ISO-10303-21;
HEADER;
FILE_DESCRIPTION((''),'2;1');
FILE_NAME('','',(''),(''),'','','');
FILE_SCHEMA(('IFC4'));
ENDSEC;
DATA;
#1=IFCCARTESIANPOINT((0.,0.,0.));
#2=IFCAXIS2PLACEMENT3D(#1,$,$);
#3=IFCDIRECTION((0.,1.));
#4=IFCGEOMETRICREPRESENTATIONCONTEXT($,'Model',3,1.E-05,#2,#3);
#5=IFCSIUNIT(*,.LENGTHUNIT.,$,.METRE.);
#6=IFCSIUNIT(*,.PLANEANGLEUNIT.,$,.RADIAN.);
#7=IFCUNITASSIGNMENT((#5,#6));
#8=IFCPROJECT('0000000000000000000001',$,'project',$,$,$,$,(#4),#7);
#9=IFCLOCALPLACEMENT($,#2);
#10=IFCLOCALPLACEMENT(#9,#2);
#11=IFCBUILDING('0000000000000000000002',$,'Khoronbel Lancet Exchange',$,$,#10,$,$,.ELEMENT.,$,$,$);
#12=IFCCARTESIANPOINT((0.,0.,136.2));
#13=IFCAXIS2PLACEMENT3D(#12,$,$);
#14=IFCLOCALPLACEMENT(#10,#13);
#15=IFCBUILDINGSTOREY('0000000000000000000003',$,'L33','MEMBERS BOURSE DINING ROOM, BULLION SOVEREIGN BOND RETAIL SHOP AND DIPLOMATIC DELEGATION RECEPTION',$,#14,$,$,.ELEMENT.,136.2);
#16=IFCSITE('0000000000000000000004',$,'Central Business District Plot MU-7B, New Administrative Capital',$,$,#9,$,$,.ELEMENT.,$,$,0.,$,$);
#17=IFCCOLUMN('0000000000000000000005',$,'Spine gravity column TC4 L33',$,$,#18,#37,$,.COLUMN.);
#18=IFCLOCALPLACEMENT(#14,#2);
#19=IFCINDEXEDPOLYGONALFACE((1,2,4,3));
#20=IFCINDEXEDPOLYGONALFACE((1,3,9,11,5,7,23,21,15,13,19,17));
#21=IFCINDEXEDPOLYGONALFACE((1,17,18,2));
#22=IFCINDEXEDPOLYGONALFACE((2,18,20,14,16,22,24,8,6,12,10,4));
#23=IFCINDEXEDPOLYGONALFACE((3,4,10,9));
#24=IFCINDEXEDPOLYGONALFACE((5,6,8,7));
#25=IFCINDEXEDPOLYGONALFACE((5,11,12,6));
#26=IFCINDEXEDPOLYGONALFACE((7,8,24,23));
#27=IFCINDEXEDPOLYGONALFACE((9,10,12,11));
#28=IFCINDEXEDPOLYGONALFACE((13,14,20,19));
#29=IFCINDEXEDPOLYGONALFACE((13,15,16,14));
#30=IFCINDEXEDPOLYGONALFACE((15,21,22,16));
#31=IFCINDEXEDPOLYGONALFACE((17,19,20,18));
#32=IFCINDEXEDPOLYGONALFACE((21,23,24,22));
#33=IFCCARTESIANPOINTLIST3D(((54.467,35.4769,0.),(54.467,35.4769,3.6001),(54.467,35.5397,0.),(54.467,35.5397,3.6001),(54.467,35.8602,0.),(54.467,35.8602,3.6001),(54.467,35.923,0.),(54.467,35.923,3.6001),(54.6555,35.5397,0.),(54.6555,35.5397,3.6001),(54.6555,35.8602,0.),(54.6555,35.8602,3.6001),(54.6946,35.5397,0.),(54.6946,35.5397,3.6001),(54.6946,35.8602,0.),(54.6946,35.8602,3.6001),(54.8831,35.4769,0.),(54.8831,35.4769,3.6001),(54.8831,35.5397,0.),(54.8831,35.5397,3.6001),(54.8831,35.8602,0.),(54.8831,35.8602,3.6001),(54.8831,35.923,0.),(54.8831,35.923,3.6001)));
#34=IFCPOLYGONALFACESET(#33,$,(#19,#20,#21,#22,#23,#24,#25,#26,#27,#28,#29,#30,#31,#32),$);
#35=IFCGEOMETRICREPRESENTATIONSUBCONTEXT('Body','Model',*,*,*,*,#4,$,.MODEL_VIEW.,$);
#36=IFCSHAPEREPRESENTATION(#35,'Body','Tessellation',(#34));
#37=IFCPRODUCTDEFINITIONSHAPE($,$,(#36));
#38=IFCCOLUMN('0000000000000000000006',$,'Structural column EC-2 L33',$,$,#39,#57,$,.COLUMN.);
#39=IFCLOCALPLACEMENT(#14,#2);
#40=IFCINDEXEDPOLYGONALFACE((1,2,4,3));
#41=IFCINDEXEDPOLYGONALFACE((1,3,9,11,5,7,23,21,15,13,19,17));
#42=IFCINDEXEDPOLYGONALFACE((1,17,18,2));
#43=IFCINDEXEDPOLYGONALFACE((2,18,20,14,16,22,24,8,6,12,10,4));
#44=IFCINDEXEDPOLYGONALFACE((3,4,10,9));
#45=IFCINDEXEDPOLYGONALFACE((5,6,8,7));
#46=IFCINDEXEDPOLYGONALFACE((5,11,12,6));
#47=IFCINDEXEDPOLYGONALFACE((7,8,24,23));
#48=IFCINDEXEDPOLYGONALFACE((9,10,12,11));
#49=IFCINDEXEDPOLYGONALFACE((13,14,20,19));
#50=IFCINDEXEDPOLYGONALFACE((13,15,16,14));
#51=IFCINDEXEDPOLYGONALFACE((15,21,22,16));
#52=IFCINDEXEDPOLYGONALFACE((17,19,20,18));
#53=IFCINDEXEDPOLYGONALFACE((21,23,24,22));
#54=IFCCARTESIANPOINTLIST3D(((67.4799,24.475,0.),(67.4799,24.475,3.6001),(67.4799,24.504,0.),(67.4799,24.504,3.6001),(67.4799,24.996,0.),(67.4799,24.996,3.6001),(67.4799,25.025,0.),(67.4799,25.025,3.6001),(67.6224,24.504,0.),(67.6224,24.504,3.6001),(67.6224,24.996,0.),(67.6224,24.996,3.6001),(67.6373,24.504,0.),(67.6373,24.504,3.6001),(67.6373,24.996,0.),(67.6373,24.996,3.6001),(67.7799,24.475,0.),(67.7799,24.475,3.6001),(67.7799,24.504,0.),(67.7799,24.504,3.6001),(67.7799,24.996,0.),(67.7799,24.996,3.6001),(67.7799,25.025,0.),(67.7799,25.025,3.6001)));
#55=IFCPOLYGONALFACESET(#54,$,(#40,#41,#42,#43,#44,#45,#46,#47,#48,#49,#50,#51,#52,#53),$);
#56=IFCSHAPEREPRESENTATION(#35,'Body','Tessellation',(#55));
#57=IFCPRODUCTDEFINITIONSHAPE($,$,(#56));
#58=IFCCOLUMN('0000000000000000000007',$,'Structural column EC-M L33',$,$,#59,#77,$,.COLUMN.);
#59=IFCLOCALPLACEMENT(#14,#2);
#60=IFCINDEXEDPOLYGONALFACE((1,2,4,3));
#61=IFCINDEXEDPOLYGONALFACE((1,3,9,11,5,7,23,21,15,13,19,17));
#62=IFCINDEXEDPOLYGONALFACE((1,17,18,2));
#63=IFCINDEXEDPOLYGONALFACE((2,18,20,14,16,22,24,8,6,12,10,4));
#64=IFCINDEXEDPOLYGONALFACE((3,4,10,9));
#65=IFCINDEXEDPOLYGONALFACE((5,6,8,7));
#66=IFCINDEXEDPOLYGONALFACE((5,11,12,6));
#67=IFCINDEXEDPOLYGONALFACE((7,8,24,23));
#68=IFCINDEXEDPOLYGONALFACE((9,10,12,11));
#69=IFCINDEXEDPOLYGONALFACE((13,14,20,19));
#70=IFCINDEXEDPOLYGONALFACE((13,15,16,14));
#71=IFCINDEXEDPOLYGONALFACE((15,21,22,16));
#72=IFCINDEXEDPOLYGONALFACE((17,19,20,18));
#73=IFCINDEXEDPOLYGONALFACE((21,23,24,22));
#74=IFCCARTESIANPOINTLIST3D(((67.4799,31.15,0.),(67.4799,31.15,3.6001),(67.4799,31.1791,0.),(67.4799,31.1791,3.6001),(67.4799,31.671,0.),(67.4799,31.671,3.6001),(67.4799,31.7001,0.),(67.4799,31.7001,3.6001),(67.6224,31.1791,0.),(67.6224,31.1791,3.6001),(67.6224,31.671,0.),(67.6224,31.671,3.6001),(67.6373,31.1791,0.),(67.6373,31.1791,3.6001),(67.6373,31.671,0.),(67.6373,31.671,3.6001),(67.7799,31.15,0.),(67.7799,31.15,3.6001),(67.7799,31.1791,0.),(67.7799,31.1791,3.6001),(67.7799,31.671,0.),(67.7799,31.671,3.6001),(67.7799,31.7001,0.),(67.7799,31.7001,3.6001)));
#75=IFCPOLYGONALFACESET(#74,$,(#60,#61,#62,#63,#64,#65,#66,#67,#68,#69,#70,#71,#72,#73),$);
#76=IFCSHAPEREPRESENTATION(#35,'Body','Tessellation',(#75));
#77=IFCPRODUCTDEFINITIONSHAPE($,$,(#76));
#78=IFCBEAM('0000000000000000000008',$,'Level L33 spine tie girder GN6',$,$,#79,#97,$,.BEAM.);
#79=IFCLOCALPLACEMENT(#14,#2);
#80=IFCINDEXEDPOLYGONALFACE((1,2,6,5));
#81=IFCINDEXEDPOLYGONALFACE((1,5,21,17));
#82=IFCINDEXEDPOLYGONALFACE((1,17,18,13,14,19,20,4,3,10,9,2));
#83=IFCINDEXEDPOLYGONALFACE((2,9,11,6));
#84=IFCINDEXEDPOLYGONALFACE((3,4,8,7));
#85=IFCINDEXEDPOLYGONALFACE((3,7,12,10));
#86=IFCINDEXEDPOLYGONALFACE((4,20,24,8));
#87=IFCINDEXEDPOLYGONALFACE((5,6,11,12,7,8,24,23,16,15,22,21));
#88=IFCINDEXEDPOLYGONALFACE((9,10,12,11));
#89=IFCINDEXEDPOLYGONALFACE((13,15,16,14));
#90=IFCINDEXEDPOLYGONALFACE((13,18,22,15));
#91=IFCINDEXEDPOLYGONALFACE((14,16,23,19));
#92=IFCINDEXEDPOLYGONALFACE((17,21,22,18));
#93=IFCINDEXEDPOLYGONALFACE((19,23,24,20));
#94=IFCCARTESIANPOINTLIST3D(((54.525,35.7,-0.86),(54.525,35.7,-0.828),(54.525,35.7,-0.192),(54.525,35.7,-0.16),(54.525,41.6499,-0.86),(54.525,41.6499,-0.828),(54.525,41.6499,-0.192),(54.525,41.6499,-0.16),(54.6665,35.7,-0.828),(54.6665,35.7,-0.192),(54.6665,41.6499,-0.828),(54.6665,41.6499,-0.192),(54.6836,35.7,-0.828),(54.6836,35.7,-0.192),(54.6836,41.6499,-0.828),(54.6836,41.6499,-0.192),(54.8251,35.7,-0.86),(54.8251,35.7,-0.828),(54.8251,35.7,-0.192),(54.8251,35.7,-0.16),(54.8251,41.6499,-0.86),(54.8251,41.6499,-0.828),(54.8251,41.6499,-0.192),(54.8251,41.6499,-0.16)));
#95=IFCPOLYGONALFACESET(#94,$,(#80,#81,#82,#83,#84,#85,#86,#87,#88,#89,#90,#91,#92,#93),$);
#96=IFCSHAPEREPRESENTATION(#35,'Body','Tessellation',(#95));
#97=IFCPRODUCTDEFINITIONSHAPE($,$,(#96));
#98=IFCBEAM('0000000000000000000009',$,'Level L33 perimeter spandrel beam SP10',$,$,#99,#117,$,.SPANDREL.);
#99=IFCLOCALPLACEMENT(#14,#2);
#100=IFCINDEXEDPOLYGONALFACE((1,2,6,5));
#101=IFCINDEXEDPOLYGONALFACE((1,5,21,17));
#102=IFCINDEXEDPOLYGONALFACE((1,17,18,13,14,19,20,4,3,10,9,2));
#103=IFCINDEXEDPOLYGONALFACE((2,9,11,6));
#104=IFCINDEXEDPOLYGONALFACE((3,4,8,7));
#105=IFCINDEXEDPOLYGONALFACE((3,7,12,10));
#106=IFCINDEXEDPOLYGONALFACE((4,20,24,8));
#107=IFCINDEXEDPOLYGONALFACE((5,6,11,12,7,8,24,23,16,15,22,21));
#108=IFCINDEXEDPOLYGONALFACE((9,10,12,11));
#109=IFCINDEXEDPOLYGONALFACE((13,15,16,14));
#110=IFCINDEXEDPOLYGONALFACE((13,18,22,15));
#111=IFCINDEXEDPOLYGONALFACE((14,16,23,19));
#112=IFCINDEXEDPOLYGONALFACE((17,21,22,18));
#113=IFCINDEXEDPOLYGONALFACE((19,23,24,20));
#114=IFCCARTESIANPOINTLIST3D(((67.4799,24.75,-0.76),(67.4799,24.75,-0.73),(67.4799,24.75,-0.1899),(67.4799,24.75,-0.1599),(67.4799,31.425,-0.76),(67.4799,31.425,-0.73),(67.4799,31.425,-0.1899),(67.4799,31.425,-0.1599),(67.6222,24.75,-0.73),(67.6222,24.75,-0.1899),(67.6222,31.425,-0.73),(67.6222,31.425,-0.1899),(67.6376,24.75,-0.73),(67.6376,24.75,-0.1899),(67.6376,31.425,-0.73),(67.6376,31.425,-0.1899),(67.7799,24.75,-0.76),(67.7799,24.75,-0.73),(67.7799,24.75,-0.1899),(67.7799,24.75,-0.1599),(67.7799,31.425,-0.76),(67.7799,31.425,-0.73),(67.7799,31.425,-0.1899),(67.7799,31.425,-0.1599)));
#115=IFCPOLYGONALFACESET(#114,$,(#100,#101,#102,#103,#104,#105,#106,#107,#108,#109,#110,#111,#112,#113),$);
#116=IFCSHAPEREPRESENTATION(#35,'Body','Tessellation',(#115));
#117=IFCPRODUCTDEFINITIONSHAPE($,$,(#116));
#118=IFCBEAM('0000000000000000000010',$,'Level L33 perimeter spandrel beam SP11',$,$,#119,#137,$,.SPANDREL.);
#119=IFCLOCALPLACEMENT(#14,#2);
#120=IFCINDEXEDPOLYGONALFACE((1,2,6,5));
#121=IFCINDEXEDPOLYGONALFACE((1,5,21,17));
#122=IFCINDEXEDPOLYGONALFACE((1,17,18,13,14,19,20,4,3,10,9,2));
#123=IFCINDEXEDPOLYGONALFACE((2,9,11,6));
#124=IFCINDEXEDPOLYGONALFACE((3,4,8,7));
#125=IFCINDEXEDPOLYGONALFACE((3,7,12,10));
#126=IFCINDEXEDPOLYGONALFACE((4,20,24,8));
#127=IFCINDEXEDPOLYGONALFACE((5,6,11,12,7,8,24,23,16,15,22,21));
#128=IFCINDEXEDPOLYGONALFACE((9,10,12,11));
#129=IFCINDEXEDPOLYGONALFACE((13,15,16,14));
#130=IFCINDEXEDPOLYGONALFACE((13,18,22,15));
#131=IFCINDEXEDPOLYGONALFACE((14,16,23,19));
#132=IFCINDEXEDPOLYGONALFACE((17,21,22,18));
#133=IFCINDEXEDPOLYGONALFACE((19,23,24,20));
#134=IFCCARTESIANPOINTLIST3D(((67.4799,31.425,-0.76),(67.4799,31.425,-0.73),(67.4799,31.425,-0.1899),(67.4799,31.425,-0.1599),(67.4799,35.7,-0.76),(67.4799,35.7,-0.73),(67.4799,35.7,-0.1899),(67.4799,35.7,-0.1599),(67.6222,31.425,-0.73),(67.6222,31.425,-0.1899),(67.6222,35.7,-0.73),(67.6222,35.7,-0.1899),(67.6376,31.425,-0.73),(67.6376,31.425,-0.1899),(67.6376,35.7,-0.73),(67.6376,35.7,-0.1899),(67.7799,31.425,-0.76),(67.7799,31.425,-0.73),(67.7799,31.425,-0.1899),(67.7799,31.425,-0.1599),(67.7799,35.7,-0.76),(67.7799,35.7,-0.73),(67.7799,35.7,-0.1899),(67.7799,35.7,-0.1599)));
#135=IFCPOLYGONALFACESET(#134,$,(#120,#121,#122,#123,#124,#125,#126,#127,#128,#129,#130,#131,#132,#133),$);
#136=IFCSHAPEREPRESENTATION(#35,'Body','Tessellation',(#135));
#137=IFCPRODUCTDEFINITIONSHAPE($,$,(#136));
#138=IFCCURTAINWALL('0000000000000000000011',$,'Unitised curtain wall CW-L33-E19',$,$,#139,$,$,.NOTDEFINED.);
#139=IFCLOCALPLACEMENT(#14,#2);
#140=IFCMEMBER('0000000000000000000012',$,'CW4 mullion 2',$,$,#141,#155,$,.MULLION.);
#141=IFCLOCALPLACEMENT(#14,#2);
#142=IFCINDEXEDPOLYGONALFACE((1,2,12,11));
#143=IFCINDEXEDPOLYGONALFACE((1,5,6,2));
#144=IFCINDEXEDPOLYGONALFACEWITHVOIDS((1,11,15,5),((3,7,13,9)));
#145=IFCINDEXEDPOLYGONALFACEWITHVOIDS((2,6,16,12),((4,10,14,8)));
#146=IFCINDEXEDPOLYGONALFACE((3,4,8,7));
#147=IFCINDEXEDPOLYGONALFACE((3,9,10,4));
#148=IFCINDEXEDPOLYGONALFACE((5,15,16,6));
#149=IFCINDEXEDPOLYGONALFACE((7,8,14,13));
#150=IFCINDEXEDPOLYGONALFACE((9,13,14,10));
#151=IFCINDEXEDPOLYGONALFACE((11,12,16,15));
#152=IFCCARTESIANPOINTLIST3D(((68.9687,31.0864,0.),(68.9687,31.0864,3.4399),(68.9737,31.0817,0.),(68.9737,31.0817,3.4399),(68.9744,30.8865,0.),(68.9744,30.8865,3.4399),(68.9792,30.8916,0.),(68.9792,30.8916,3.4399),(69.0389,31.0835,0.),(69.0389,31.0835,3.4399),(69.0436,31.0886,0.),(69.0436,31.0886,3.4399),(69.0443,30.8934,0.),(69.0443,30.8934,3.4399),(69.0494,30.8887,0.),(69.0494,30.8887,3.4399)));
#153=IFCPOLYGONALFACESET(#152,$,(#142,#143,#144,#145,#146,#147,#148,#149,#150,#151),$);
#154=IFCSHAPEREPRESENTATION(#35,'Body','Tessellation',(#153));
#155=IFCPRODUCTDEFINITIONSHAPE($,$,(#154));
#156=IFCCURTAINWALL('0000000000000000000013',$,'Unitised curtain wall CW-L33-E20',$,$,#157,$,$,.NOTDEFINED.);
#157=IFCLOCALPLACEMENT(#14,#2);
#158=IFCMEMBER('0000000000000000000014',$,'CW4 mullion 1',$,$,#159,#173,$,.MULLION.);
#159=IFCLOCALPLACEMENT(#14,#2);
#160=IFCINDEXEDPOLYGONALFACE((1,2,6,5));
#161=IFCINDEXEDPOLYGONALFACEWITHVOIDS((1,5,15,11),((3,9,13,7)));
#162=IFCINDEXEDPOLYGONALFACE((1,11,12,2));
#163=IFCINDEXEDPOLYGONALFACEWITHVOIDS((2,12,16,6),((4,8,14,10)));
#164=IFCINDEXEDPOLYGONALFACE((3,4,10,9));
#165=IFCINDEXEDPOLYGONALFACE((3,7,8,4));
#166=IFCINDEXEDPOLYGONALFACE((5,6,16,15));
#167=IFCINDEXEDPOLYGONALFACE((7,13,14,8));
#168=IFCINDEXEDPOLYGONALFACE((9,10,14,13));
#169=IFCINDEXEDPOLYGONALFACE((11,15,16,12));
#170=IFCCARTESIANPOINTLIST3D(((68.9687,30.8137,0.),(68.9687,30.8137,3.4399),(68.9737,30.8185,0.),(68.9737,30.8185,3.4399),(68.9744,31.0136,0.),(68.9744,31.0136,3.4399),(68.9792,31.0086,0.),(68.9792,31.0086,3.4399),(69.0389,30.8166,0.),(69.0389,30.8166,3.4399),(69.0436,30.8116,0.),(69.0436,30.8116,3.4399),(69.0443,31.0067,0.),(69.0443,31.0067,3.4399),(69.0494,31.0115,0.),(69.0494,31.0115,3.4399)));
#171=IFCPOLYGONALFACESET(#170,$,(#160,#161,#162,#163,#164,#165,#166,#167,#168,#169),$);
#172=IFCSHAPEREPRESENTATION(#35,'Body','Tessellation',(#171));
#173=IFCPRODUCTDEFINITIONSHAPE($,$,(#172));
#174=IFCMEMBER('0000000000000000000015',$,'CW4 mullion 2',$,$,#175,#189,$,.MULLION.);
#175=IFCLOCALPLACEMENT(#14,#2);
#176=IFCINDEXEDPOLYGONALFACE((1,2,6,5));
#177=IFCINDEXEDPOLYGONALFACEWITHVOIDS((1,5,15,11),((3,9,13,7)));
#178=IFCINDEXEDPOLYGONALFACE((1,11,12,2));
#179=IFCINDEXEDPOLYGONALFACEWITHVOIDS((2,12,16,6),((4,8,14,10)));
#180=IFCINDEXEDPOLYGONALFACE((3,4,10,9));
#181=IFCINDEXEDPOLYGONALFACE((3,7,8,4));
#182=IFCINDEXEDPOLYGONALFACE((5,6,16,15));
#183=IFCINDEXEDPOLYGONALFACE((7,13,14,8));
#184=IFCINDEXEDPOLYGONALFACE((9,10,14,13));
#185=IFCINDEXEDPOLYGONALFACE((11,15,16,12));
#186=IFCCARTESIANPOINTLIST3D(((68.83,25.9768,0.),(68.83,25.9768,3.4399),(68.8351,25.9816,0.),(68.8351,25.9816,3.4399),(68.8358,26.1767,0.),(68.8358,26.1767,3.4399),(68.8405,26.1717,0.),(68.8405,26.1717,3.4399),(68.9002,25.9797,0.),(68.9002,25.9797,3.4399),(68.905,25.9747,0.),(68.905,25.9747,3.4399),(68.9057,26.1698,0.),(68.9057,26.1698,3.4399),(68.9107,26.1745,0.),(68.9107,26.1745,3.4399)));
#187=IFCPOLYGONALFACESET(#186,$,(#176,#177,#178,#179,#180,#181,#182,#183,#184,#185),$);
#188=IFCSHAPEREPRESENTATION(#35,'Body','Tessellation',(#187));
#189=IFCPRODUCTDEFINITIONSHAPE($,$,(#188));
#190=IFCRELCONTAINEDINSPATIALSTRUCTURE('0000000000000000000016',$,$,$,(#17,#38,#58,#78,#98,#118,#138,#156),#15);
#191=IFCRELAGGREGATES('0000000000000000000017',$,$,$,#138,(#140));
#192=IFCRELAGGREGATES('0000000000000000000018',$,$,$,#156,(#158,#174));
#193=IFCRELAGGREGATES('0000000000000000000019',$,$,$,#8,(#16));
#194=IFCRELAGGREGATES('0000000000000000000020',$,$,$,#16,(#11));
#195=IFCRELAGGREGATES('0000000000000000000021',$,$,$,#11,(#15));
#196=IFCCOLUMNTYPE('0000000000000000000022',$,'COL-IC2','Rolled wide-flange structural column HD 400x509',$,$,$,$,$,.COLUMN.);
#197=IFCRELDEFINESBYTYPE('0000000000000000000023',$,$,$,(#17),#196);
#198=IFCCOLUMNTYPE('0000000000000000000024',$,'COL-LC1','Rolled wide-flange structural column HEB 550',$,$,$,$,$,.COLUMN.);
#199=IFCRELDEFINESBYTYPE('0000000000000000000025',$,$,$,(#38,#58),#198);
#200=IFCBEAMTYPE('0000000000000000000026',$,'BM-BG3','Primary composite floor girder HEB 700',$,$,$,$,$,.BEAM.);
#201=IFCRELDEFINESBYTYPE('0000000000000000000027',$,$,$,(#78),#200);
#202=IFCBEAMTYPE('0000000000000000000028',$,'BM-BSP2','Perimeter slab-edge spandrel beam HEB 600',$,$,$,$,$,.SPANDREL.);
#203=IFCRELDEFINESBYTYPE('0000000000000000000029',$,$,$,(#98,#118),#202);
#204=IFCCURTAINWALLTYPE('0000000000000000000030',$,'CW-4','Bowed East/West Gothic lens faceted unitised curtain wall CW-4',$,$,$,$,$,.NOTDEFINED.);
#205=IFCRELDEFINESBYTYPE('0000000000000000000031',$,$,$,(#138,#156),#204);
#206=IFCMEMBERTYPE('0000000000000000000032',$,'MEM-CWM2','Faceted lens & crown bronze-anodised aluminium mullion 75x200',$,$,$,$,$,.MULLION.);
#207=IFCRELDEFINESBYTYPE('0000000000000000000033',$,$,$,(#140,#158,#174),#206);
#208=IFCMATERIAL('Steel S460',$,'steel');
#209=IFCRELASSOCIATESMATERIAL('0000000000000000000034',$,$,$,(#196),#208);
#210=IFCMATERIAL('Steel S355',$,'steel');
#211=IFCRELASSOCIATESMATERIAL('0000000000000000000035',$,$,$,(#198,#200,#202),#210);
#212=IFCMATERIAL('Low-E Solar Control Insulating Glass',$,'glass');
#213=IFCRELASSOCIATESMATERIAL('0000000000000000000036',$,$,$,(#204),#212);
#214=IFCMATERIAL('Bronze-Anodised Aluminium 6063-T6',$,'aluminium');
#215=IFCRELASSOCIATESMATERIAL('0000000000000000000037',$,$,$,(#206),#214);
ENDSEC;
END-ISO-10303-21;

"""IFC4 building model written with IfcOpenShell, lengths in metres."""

from ifc_helpers import new_model, si_unit, direction, frame, origin, origin_2d, place, context, subcontext, project, spatial, hollow_rectangle, i_section, extrude, material, material_profile, profile_set, type_object, element, aggregate, save


model = new_model("IFC4")

# Units and contexts
model_context = context("Model", 3, precision=1e-05, world=origin(), true_north=direction((0.0, 1.0)))
body_context = subcontext(model_context, "Body", "Model", "MODEL_VIEW")
ifc_project = project(units=[si_unit("LENGTHUNIT", "METRE"), si_unit("PLANEANGLEUNIT", "RADIAN")], contexts=[model_context])

# Site, building, storey
site_placement = place(None, origin())
site = spatial("IfcSite", under=ifc_project, at=site_placement, Name="Central Business District Plot MU-7B, New Administrative Capital", CompositionType="ELEMENT", RefElevation=0.0)
building_placement = place(site_placement, origin())
building = spatial("IfcBuilding", under=site, at=building_placement, Name="Khoronbel Lancet Exchange", CompositionType="ELEMENT")
storey_placement = place(building_placement, frame((0.0, 0.0, 136.2)))
storey = spatial("IfcBuildingStorey", under=building, at=storey_placement, Name="L33", Description="MEMBERS BOURSE DINING ROOM, BULLION SOVEREIGN BOND RETAIL SHOP AND DIPLOMATIC DELEGATION RECEPTION", CompositionType="ELEMENT", Elevation=136.2)

# Columns
ifc_material_1 = material(Name="Steel S460", Category="steel")
ifc_material_profile_1 = material_profile(ifc_material_1, i_section(OverallWidth=0.416, OverallDepth=0.446, WebThickness=0.0391, FlangeThickness=0.0627, at=origin_2d()), Name="HD 400x509")
ifc_profile_set_1 = profile_set([ifc_material_profile_1], Name="Steel S460")
column_type_1 = type_object("IfcColumnType", Name="COL-IC2", Description="Rolled wide-flange structural column HD 400x509", PredefinedType="COLUMN", material=ifc_profile_set_1)
column_placement = place(storey_placement, frame((54.675, 35.7, 0.0), z_axis=(0.0, 0.0, 1.0), x_axis=(1.0, 0.0, 0.0)))
element("IfcColumn", 1, at=column_placement, inside=storey, type_object=column_type_1, Name="Spine gravity column TC4 L33", PredefinedType="COLUMN", context=body_context, shape_type="SweptSolid", body=[
    extrude(i_section(OverallWidth=0.416, OverallDepth=0.446, WebThickness=0.0391, FlangeThickness=0.0627, at=origin_2d()), origin(), (0.0, 0.0, 1.0), 3.6001),
])
ifc_material_2 = material(Name="Steel S355", Category="steel")
ifc_material_profile_2 = material_profile(ifc_material_2, i_section(OverallWidth=0.3, OverallDepth=0.55, WebThickness=0.0149, FlangeThickness=0.0291, at=origin_2d()), Name="HEB 550")
ifc_profile_set_2 = profile_set([ifc_material_profile_2], Name="Steel S355")
column_type_2 = type_object("IfcColumnType", Name="COL-LC1", Description="Rolled wide-flange structural column HEB 550", PredefinedType="COLUMN", material=ifc_profile_set_2)
for number, where, z_axis, x_axis, name in (
    (2, (67.6299, 24.75, 0.0), (0.0, 0.0, 1.0), (1.0, 0.0, 0.0), "Structural column EC-2 L33"),
    (3, (67.6299, 31.425, 0.0), (0.0, 0.0, 1.0), (1.0, 0.0, 0.0), "Structural column EC-M L33"),
):
    element("IfcColumn", number, at=place(storey_placement, frame(where, z_axis=z_axis, x_axis=x_axis)), inside=storey, type_object=column_type_2, Name=name, PredefinedType="COLUMN", context=body_context, shape_type="SweptSolid", body=[
        extrude(i_section(OverallWidth=0.3, OverallDepth=0.55, WebThickness=0.0149, FlangeThickness=0.0291, at=origin_2d()), origin(), (0.0, 0.0, 1.0), 3.6001),
    ])

# Beams
ifc_material_profile_3 = material_profile(ifc_material_2, i_section(OverallWidth=0.3, OverallDepth=0.7, WebThickness=0.0171, FlangeThickness=0.032, at=origin_2d()), Name="HEB 700")
ifc_profile_set_3 = profile_set([ifc_material_profile_3], Name="Steel S355")
beam_type_1 = type_object("IfcBeamType", Name="BM-BG3", Description="Primary composite floor girder HEB 700", PredefinedType="BEAM", material=ifc_profile_set_3)
beam_1_placement = place(storey_placement, frame((54.675, 35.7, -0.51), z_axis=(0.0, 1.0, 0.0), x_axis=(-1.0, 0.0, 0.0)))
element("IfcBeam", 4, at=beam_1_placement, inside=storey, type_object=beam_type_1, Name="Level L33 spine tie girder GN6", PredefinedType="BEAM", context=body_context, shape_type="SweptSolid", body=[
    extrude(i_section(OverallWidth=0.3, OverallDepth=0.7, WebThickness=0.0171, FlangeThickness=0.032, at=origin_2d()), origin(), (0.0, 0.0, 1.0), 5.95),
])
ifc_material_profile_4 = material_profile(ifc_material_2, i_section(OverallWidth=0.3, OverallDepth=0.6001, WebThickness=0.0154, FlangeThickness=0.03, at=origin_2d()), Name="HEB 600")
ifc_profile_set_4 = profile_set([ifc_material_profile_4], Name="Steel S355")
beam_type_2 = type_object("IfcBeamType", Name="BM-BSP2", Description="Perimeter slab-edge spandrel beam HEB 600", PredefinedType="SPANDREL", material=ifc_profile_set_4)
beam_2_placement = place(storey_placement, frame((67.6299, 24.75, -0.46), z_axis=(0.0, 1.0, 0.0), x_axis=(-1.0, 0.0, 0.0)))
element("IfcBeam", 5, at=beam_2_placement, inside=storey, type_object=beam_type_2, Name="Level L33 perimeter spandrel beam SP10", PredefinedType="SPANDREL", context=body_context, shape_type="SweptSolid", body=[
    extrude(i_section(OverallWidth=0.3, OverallDepth=0.6001, WebThickness=0.0154, FlangeThickness=0.03, at=origin_2d()), origin(), (0.0, 0.0, 1.0), 6.675),
])
beam_3_placement = place(storey_placement, frame((67.6299, 31.425, -0.46), z_axis=(0.0, 1.0, 0.0), x_axis=(-1.0, 0.0, 0.0)))
element("IfcBeam", 6, at=beam_3_placement, inside=storey, type_object=beam_type_2, Name="Level L33 perimeter spandrel beam SP11", PredefinedType="SPANDREL", context=body_context, shape_type="SweptSolid", body=[
    extrude(i_section(OverallWidth=0.3, OverallDepth=0.6001, WebThickness=0.0154, FlangeThickness=0.03, at=origin_2d()), origin(), (0.0, 0.0, 1.0), 4.2749),
])

# Curtain wall, member
ifc_material_3 = material(Name="Low-E Solar Control Insulating Glass", Category="glass")
curtain_wall_type = type_object("IfcCurtainWallType", Name="CW-4", Description="Bowed East/West Gothic lens faceted unitised curtain wall CW-4", PredefinedType="NOTDEFINED", material=ifc_material_3)
curtain_wall_1_placement = place(storey_placement, origin())
curtain_wall_1 = element("IfcCurtainWall", 7, at=curtain_wall_1_placement, inside=storey, type_object=curtain_wall_type, Name="Unitised curtain wall CW-L33-E19", PredefinedType="NOTDEFINED")
ifc_material_4 = material(Name="Bronze-Anodised Aluminium 6063-T6", Category="aluminium")
ifc_material_profile_5 = material_profile(ifc_material_4, hollow_rectangle(XDim=0.075, YDim=0.2, WallThickness=0.0049, at=origin_2d()), Name="ALU MULLION 75x200")
ifc_profile_set_5 = profile_set([ifc_material_profile_5], Name="Bronze-Anodised Aluminium 6063-T6")
member_type_1 = type_object("IfcMemberType", Name="MEM-CWM2", Description="Faceted lens & crown bronze-anodised aluminium mullion 75x200", PredefinedType="MULLION", material=ifc_profile_set_5)
member_1_placement = place(storey_placement, frame((69.009, 30.9875, 0.0), z_axis=(0.0, 0.0, 1.0), x_axis=(0.999591, 0.028613, 0.0)))
member_1 = element("IfcMember", 8, at=member_1_placement, type_object=member_type_1, Name="CW4 mullion 2", PredefinedType="MULLION", context=body_context, shape_type="SweptSolid", body=[
    extrude(hollow_rectangle(XDim=0.075, YDim=0.2, WallThickness=0.0049, at=origin_2d()), origin(), (0.0, 0.0, 1.0), 3.4399),
])

# Curtain wall, members
curtain_wall_2_placement = place(storey_placement, origin())
curtain_wall_2 = element("IfcCurtainWall", 9, at=curtain_wall_2_placement, inside=storey, type_object=curtain_wall_type, Name="Unitised curtain wall CW-L33-E20", PredefinedType="NOTDEFINED")
member_2_placement = place(storey_placement, frame((69.009, 30.9126, 0.0), z_axis=(0.0, 0.0, 1.0), x_axis=(0.999591, -0.028613, 0.0)))
member_2 = element("IfcMember", 10, at=member_2_placement, type_object=member_type_1, Name="CW4 mullion 1", PredefinedType="MULLION", context=body_context, shape_type="SweptSolid", body=[
    extrude(hollow_rectangle(XDim=0.075, YDim=0.2, WallThickness=0.0049, at=origin_2d()), origin(), (0.0, 0.0, 1.0), 3.4399),
])
member_3_placement = place(storey_placement, frame((68.8704, 26.0757, 0.0), z_axis=(0.0, 0.0, 1.0), x_axis=(0.999591, -0.028613, 0.0)))
member_3 = element("IfcMember", 11, at=member_3_placement, type_object=member_type_1, Name="CW4 mullion 2", PredefinedType="MULLION", context=body_context, shape_type="SweptSolid", body=[
    extrude(hollow_rectangle(XDim=0.075, YDim=0.2, WallThickness=0.0049, at=origin_2d()), origin(), (0.0, 0.0, 1.0), 3.4399),
])

aggregate(curtain_wall_1, [member_1])
aggregate(curtain_wall_2, [member_2, member_3])

save(model, "model.ifc")
